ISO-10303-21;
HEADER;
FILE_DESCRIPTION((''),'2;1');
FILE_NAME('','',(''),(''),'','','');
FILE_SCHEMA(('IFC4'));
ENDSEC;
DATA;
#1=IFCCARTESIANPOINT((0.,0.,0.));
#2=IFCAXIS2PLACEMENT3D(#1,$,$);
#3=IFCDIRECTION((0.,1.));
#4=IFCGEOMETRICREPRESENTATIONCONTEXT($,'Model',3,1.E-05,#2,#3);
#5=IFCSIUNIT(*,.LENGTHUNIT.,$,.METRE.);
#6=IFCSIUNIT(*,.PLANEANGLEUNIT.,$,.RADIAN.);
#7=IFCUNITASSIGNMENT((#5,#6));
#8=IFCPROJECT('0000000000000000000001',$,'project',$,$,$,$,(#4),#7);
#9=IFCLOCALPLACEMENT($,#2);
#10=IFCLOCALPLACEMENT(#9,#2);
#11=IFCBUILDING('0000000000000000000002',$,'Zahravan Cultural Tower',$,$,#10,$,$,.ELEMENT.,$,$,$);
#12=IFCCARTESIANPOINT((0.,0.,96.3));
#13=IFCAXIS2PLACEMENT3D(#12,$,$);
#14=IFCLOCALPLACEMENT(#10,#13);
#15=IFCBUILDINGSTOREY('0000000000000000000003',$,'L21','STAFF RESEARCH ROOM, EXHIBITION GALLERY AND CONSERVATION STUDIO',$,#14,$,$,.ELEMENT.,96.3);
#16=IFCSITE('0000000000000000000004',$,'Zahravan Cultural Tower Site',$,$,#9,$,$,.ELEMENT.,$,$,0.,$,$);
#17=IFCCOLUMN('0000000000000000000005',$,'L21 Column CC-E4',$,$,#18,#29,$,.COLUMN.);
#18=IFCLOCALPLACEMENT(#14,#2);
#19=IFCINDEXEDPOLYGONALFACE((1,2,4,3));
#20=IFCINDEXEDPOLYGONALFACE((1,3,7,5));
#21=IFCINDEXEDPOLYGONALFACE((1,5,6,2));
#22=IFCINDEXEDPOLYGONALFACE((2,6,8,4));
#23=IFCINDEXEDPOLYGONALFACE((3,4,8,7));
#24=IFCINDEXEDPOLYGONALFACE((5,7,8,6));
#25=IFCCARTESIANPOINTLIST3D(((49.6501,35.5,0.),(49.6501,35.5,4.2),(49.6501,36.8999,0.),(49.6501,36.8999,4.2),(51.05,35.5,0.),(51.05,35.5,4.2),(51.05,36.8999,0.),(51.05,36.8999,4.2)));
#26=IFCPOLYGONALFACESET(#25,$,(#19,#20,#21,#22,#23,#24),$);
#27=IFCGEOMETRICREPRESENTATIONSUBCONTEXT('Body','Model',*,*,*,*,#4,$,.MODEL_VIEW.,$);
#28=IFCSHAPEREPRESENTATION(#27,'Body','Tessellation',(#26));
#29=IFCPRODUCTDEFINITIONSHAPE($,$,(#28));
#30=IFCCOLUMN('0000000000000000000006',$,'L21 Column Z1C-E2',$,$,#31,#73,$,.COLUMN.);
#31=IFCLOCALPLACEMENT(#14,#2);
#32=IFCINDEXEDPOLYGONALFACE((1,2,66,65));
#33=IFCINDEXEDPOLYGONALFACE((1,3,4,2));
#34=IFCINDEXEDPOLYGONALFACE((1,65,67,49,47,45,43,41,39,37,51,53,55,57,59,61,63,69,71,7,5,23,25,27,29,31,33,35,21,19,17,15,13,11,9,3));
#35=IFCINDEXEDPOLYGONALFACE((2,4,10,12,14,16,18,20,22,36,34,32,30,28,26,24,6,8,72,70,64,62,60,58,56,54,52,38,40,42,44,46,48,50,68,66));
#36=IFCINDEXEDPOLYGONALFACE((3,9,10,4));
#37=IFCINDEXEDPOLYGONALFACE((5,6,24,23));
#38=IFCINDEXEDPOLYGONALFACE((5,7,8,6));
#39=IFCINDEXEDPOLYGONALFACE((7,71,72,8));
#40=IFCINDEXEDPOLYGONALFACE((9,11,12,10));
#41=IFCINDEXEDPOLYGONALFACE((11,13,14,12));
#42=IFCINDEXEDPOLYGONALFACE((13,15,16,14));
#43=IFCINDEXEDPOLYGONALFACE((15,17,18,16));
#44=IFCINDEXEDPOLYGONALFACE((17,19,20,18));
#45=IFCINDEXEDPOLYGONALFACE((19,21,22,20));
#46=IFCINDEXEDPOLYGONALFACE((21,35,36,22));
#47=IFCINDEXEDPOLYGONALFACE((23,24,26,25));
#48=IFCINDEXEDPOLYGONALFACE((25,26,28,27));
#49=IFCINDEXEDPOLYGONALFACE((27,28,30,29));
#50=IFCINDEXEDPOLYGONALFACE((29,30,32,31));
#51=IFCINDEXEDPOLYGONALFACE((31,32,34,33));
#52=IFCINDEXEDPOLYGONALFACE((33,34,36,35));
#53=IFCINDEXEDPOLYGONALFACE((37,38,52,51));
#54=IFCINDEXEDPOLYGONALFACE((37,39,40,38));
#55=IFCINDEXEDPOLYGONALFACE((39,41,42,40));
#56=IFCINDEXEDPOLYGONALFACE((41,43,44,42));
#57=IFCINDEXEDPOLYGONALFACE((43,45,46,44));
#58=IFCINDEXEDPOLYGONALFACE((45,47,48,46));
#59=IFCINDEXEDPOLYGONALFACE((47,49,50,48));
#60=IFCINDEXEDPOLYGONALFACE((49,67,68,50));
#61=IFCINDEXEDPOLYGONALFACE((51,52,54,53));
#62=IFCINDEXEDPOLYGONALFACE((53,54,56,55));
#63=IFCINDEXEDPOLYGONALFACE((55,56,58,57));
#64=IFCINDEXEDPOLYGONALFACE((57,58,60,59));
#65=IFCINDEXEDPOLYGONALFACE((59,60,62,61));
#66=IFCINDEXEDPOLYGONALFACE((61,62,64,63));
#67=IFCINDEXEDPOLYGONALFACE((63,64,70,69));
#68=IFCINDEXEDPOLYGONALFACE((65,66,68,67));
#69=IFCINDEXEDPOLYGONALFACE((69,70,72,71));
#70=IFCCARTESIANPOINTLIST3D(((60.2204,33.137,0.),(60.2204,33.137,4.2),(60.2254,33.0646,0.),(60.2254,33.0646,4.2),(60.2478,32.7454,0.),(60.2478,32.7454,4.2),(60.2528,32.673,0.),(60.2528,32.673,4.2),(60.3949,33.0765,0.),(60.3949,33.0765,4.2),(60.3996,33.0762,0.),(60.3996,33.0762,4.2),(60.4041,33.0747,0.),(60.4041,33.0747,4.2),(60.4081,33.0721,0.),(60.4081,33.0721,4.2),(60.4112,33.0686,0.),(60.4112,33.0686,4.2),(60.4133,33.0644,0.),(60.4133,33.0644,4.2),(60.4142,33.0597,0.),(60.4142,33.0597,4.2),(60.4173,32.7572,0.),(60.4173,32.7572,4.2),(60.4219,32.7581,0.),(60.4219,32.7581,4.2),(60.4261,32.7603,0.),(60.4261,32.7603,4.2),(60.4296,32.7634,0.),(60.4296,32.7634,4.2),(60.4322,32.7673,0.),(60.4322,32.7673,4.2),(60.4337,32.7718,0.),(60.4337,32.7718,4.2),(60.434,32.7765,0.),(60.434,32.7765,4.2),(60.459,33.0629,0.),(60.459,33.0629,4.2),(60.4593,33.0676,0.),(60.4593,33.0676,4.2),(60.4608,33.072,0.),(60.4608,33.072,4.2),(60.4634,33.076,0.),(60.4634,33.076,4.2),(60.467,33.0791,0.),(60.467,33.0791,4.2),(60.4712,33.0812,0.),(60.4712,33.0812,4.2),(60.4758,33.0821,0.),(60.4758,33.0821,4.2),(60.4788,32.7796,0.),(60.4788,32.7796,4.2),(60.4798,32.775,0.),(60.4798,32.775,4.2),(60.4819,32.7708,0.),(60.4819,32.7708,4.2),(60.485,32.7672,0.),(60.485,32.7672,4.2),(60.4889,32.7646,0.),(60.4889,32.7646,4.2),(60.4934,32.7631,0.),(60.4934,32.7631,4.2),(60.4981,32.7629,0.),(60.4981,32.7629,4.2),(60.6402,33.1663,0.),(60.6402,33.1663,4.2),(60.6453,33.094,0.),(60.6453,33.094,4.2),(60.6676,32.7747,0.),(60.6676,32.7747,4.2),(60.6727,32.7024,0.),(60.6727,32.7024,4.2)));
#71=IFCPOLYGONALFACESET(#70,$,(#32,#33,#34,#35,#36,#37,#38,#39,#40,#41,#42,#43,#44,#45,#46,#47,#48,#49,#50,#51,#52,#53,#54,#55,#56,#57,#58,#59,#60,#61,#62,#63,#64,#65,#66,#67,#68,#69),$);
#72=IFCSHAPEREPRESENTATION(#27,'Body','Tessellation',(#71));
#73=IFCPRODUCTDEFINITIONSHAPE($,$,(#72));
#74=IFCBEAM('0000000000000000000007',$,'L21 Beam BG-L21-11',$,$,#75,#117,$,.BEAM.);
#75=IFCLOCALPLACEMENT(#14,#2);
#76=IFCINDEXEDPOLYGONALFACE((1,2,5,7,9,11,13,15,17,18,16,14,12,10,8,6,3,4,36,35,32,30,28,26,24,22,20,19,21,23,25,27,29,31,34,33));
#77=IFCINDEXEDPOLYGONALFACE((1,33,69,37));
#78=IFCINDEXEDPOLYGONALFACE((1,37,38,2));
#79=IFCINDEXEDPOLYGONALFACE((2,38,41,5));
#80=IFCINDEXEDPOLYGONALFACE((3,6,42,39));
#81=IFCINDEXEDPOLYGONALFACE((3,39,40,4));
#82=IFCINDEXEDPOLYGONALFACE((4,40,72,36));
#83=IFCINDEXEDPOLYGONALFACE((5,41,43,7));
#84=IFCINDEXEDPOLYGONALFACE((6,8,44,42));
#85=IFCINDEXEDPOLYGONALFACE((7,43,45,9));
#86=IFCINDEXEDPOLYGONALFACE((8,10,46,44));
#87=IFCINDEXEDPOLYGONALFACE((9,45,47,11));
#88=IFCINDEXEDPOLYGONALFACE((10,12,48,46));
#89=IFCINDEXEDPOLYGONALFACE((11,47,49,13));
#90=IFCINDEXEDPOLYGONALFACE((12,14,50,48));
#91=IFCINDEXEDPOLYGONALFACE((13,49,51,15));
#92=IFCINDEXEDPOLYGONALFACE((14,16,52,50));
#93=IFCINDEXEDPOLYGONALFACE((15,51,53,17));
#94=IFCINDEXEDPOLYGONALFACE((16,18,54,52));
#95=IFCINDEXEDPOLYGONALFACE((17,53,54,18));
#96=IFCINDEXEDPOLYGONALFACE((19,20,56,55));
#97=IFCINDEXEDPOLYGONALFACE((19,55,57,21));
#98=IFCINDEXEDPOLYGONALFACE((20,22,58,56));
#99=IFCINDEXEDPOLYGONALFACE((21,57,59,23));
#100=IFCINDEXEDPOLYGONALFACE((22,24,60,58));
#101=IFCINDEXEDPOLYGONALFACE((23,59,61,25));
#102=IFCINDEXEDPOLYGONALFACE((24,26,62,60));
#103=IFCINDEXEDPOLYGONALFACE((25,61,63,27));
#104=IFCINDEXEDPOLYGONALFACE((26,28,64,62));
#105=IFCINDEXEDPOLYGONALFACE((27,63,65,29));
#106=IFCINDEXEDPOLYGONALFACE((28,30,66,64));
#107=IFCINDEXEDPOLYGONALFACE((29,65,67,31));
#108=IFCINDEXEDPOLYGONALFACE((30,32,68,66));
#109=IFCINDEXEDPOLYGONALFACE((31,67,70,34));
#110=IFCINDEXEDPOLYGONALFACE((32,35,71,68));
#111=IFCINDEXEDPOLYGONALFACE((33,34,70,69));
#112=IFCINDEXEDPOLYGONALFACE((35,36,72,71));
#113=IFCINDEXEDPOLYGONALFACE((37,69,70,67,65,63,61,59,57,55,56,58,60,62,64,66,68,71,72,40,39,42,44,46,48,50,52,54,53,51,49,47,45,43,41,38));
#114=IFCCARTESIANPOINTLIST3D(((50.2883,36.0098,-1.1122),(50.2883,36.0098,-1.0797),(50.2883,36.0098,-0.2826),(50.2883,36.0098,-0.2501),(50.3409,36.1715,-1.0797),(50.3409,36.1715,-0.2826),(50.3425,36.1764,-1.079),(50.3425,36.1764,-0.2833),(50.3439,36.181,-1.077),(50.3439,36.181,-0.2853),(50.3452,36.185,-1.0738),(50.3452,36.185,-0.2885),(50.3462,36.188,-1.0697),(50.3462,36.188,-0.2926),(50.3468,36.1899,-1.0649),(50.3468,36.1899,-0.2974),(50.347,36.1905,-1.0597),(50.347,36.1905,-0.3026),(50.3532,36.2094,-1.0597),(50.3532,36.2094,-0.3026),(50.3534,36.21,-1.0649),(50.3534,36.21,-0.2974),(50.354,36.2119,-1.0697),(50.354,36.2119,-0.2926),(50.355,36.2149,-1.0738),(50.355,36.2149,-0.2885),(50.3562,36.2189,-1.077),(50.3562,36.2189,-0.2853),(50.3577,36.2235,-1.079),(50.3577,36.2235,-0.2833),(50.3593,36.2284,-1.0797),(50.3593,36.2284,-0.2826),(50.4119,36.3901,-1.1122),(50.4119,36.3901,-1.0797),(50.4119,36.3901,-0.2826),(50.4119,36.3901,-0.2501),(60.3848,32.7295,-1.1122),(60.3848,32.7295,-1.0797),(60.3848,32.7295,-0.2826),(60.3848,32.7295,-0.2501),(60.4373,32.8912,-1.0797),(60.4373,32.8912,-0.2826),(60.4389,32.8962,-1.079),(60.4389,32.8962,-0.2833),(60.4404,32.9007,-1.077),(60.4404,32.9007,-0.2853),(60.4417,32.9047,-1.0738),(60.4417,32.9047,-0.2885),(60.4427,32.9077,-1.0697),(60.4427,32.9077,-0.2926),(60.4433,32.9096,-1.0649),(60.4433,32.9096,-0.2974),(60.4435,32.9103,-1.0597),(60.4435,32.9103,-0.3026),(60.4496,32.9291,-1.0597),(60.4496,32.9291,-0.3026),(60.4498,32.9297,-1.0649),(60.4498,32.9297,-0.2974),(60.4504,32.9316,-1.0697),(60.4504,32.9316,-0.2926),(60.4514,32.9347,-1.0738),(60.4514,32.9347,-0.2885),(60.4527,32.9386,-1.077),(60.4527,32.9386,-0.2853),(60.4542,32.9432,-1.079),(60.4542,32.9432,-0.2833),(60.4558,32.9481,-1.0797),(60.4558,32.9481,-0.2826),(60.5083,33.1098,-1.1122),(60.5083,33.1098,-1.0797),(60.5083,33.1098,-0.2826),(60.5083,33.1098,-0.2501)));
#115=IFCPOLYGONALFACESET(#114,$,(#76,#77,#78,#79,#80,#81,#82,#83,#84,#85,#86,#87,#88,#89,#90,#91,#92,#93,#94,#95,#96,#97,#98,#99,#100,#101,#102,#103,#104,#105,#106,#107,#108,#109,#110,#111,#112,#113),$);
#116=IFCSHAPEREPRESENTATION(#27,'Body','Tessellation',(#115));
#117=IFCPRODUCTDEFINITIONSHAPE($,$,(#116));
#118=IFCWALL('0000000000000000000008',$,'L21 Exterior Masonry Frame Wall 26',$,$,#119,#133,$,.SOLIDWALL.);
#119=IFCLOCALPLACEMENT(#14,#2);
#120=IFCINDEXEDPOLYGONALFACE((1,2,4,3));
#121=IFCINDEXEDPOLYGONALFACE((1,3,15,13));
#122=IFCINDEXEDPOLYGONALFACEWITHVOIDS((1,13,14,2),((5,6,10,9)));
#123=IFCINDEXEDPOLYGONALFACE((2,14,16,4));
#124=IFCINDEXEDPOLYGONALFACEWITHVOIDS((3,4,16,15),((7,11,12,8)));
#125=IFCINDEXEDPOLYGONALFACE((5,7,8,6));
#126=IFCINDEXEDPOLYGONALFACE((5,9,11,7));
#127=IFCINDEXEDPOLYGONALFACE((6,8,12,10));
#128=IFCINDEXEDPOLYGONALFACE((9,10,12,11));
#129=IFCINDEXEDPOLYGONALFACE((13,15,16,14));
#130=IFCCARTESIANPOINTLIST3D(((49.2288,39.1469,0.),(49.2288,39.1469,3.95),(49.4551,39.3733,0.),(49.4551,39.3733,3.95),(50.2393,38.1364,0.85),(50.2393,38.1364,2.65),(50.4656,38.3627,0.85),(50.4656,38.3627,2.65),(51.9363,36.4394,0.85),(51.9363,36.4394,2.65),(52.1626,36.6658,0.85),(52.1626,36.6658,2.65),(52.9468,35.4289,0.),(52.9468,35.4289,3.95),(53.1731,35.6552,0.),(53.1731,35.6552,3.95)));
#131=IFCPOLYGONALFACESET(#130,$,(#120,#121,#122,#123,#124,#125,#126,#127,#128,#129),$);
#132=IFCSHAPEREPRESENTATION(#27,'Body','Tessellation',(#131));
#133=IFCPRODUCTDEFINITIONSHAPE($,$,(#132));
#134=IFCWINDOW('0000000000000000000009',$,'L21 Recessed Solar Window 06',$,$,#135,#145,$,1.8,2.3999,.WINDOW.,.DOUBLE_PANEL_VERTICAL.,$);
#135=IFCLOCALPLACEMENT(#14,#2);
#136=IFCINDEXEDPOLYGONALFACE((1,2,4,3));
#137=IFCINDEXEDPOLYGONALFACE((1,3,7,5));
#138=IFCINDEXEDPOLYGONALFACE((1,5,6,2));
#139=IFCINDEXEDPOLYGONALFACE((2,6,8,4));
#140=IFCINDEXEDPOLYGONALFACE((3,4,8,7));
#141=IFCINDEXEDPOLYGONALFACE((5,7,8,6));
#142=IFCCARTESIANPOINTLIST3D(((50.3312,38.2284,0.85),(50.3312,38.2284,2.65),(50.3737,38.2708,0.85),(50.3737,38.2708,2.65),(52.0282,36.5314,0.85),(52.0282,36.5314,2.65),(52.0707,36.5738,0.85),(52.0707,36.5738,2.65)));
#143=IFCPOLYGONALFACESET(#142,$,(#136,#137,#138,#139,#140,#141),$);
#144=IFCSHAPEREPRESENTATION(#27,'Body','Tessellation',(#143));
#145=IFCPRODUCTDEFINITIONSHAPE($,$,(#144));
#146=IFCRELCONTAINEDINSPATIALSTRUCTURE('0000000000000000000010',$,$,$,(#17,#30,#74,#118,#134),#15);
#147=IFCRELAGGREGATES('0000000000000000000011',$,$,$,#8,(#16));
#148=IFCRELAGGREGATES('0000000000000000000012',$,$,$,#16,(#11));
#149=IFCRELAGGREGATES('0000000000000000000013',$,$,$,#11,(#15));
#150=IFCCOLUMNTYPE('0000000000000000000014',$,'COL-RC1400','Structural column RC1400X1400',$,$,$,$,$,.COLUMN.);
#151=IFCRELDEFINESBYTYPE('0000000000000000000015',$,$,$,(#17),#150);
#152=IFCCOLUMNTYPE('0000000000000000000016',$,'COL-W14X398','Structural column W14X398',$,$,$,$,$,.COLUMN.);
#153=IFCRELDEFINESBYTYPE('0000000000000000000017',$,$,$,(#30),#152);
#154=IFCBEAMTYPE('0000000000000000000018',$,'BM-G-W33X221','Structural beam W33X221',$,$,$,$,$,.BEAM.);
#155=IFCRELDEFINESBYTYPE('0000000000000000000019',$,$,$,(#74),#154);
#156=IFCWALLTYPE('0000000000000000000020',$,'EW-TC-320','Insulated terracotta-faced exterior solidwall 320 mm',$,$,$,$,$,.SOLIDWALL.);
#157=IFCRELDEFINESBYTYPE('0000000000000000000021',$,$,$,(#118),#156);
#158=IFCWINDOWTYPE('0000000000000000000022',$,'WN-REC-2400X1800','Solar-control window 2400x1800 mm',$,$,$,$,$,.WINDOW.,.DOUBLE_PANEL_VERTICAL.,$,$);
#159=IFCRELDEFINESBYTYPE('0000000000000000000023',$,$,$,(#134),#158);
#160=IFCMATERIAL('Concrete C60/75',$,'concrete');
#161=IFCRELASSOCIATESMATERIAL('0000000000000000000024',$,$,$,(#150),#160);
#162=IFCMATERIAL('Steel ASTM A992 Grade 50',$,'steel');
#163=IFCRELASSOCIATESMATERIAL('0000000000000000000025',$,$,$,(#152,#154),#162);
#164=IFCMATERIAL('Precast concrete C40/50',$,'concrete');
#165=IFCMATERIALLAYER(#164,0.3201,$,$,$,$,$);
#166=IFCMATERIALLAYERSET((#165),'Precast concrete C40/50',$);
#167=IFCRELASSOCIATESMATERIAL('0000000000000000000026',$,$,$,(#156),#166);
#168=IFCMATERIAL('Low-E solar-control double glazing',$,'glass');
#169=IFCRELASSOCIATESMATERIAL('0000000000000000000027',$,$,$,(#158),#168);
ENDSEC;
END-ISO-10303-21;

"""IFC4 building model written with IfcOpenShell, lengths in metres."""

from ifc_helpers import new_model, si_unit, direction, frame, frame_2d, origin, origin_2d, place, context, subcontext, project, spatial, rectangle, i_section, extrude, source, transform, mapped, material, layer, layer_set, material_profile, profile_set, type_object, element, fill, save


model = new_model("IFC4")

# Units and contexts
model_context = context("Model", 3, precision=1e-05, world=origin(), true_north=direction((0.0, 1.0)))
body_context = subcontext(model_context, "Body", "Model", "MODEL_VIEW")
ifc_project = project(units=[si_unit("LENGTHUNIT", "METRE"), si_unit("PLANEANGLEUNIT", "RADIAN")], contexts=[model_context])

# Site, building, storey
site_placement = place(None, origin())
site = spatial("IfcSite", under=ifc_project, at=site_placement, Name="Zahravan Cultural Tower Site", CompositionType="ELEMENT", RefElevation=0.0)
building_placement = place(site_placement, origin())
building = spatial("IfcBuilding", under=site, at=building_placement, Name="Zahravan Cultural Tower", CompositionType="ELEMENT")
storey_placement = place(building_placement, frame((0.0, 0.0, 96.3)))
storey = spatial("IfcBuildingStorey", under=building, at=storey_placement, Name="L21", Description="STAFF RESEARCH ROOM, EXHIBITION GALLERY AND CONSERVATION STUDIO", CompositionType="ELEMENT", Elevation=96.3)

# Columns
ifc_material_1 = material(Name="Concrete C60/75", Category="concrete")
ifc_material_profile_1 = material_profile(ifc_material_1, rectangle(XDim=1.3999, YDim=1.3999, at=origin_2d()), Name="RC1400X1400")
ifc_profile_set_1 = profile_set([ifc_material_profile_1], Name="Concrete C60/75")
column_type_1 = type_object("IfcColumnType", Name="COL-RC1400", Description="Structural column RC1400X1400", PredefinedType="COLUMN", material=ifc_profile_set_1)
shared_shape_1 = source(origin(), body_context, "Body", "SweptSolid", [
    extrude(rectangle(XDim=1.3999, YDim=1.3999, at=origin_2d()), origin(), (0.0, 0.0, 1.0), 4.2),
])
column_1_placement = place(storey_placement, frame((50.3501, 36.2, 0.0), z_axis=(0.0, 0.0, 1.0), x_axis=(1.0, 0.0, 0.0)))
element("IfcColumn", 1, at=column_1_placement, inside=storey, type_object=column_type_1, Name="L21 Column CC-E4", PredefinedType="COLUMN", context=body_context, shape_type="MappedRepresentation", body=[
    mapped(shared_shape_1, transform((0.0, 0.0, 0.0), x_axis=(1.0, 0.0, 0.0), y_axis=(0.0, 1.0, 0.0), z_axis=(0.0, 0.0, 1.0), scale=1.0)),
])
ifc_material_2 = material(Name="Steel ASTM A992 Grade 50", Category="steel")
ifc_material_profile_2 = material_profile(ifc_material_2, i_section(OverallWidth=0.4209, OverallDepth=0.4651, WebThickness=0.0449, FlangeThickness=0.0725, FilletRadius=0.0181, at=origin_2d()), Name="W14X398")
ifc_profile_set_2 = profile_set([ifc_material_profile_2], Name="Steel ASTM A992 Grade 50")
column_type_2 = type_object("IfcColumnType", Name="COL-W14X398", Description="Structural column W14X398", PredefinedType="COLUMN", material=ifc_profile_set_2)
shared_shape_2 = source(origin(), body_context, "Body", "SweptSolid", [
    extrude(i_section(OverallWidth=0.4209, OverallDepth=0.4651, WebThickness=0.0449, FlangeThickness=0.0725, FilletRadius=0.0181, at=origin_2d()), origin(), (0.0, 0.0, 1.0), 4.2),
])
column_2_placement = place(storey_placement, frame((60.4465, 32.9197, 0.0), z_axis=(0.0, 0.0, 1.0), x_axis=(0.997564, 0.069756, 0.0)))
element("IfcColumn", 2, at=column_2_placement, inside=storey, type_object=column_type_2, Name="L21 Column Z1C-E2", PredefinedType="COLUMN", context=body_context, shape_type="MappedRepresentation", body=[
    mapped(shared_shape_2, transform((0.0, 0.0, 0.0), x_axis=(1.0, 0.0, 0.0), y_axis=(0.0, 1.0, 0.0), z_axis=(0.0, 0.0, 1.0), scale=1.0)),
])

# Beam
ifc_material_profile_3 = material_profile(ifc_material_2, i_section(OverallWidth=0.3999, OverallDepth=0.8621, WebThickness=0.0198, FlangeThickness=0.0325, FilletRadius=0.02, at=origin_2d()), Name="W33X221")
ifc_profile_set_3 = profile_set([ifc_material_profile_3], Name="Steel ASTM A992 Grade 50")
beam_type = type_object("IfcBeamType", Name="BM-G-W33X221", Description="Structural beam W33X221", PredefinedType="BEAM", material=ifc_profile_set_3)
shared_shape_3 = source(origin(), body_context, "Body", "SweptSolid", [
    extrude(i_section(OverallWidth=0.3999, OverallDepth=0.8621, WebThickness=0.0198, FlangeThickness=0.0325, FilletRadius=0.02, at=origin_2d()), origin(), (0.0, 0.0, 1.0), 10.616),
])
beam_placement = place(storey_placement, frame((50.3501, 36.2, -0.6812), z_axis=(0.951064, -0.308995, 0.0), x_axis=(0.308995, 0.951064, 0.0)))
element("IfcBeam", 3, at=beam_placement, inside=storey, type_object=beam_type, Name="L21 Beam BG-L21-11", PredefinedType="BEAM", context=body_context, shape_type="MappedRepresentation", body=[
    mapped(shared_shape_3, transform((0.0, 0.0, 0.0), x_axis=(1.0, 0.0, 0.0), y_axis=(0.0, 1.0, 0.0), z_axis=(0.0, 0.0, 1.0), scale=1.0)),
])

# Wall, opening, window
ifc_material_3 = material(Name="Precast concrete C40/50", Category="concrete")
ifc_layer_1 = layer(ifc_material_3, 0.3201)
ifc_layer_set_1 = layer_set([ifc_layer_1], Name="Precast concrete C40/50")
wall_type_1 = type_object("IfcWallType", Name="EW-TC-320", Description="Insulated terracotta-faced exterior solidwall 320 mm", PredefinedType="SOLIDWALL", material=ifc_layer_set_1)
wall_1_placement = place(storey_placement, frame((49.342, 39.26, 0.0), z_axis=(0.0, 0.0, 1.0), x_axis=(0.707107, -0.707107, 0.0)))
wall_1 = element("IfcWall", 4, at=wall_1_placement, inside=storey, type_object=wall_type_1, Name="L21 Exterior Masonry Frame Wall 26", PredefinedType="SOLIDWALL", context=body_context, shape_type="SweptSolid", body=[
    extrude(rectangle(XDim=5.2581, YDim=0.3201, at=frame_2d((2.6289, 0.0))), origin(), (0.0, 0.0, 1.0), 3.95),
])
opening_1_placement = place(wall_1_placement, frame((1.429, 0.0, 0.8501)))
opening_1 = element("IfcOpeningElement", 5, at=opening_1_placement, cuts=wall_1, PredefinedType="OPENING", context=body_context, shape_type="SweptSolid", body=[
    extrude(rectangle(XDim=2.3999, YDim=1.8, at=frame_2d((1.2, 0.8999))), frame((0.0, 0.1699, 0.0), z_axis=(0.0, -1.0, 0.0), x_axis=(1.0, 0.0, 0.0)), (0.0, 0.0, 1.0), 0.3401),
])
ifc_material_4 = material(Name="Low-E solar-control double glazing", Category="glass")
window_type = type_object("IfcWindowType", Name="WN-REC-2400X1800", Description="Solar-control window 2400x1800 mm", PartitioningType="DOUBLE_PANEL_VERTICAL", PredefinedType="WINDOW", material=ifc_material_4)
shared_shape_4 = source(origin(), body_context, "Body", "SweptSolid", [
    extrude(rectangle(XDim=2.3999, YDim=1.8, at=frame_2d((1.2, 0.8999))), frame((0.0, 0.03, 0.0), z_axis=(0.0, -1.0, 0.0), x_axis=(1.0, 0.0, 0.0)), (0.0, 0.0, 1.0), 0.0601),
])
window_1_placement = place(opening_1_placement, origin())
window_1 = element("IfcWindow", 6, at=window_1_placement, inside=storey, type_object=window_type, Name="L21 Recessed Solar Window 06", OverallHeight=1.8, OverallWidth=2.3999, PartitioningType="DOUBLE_PANEL_VERTICAL", PredefinedType="WINDOW", context=body_context, shape_type="MappedRepresentation", body=[
    mapped(shared_shape_4, transform((0.0, 0.0, 0.0), x_axis=(1.0, 0.0, 0.0), y_axis=(0.0, 1.0, 0.0), z_axis=(0.0, 0.0, 1.0), scale=1.0)),
])
fill(opening_1, window_1)

save(model, "model.ifc")
